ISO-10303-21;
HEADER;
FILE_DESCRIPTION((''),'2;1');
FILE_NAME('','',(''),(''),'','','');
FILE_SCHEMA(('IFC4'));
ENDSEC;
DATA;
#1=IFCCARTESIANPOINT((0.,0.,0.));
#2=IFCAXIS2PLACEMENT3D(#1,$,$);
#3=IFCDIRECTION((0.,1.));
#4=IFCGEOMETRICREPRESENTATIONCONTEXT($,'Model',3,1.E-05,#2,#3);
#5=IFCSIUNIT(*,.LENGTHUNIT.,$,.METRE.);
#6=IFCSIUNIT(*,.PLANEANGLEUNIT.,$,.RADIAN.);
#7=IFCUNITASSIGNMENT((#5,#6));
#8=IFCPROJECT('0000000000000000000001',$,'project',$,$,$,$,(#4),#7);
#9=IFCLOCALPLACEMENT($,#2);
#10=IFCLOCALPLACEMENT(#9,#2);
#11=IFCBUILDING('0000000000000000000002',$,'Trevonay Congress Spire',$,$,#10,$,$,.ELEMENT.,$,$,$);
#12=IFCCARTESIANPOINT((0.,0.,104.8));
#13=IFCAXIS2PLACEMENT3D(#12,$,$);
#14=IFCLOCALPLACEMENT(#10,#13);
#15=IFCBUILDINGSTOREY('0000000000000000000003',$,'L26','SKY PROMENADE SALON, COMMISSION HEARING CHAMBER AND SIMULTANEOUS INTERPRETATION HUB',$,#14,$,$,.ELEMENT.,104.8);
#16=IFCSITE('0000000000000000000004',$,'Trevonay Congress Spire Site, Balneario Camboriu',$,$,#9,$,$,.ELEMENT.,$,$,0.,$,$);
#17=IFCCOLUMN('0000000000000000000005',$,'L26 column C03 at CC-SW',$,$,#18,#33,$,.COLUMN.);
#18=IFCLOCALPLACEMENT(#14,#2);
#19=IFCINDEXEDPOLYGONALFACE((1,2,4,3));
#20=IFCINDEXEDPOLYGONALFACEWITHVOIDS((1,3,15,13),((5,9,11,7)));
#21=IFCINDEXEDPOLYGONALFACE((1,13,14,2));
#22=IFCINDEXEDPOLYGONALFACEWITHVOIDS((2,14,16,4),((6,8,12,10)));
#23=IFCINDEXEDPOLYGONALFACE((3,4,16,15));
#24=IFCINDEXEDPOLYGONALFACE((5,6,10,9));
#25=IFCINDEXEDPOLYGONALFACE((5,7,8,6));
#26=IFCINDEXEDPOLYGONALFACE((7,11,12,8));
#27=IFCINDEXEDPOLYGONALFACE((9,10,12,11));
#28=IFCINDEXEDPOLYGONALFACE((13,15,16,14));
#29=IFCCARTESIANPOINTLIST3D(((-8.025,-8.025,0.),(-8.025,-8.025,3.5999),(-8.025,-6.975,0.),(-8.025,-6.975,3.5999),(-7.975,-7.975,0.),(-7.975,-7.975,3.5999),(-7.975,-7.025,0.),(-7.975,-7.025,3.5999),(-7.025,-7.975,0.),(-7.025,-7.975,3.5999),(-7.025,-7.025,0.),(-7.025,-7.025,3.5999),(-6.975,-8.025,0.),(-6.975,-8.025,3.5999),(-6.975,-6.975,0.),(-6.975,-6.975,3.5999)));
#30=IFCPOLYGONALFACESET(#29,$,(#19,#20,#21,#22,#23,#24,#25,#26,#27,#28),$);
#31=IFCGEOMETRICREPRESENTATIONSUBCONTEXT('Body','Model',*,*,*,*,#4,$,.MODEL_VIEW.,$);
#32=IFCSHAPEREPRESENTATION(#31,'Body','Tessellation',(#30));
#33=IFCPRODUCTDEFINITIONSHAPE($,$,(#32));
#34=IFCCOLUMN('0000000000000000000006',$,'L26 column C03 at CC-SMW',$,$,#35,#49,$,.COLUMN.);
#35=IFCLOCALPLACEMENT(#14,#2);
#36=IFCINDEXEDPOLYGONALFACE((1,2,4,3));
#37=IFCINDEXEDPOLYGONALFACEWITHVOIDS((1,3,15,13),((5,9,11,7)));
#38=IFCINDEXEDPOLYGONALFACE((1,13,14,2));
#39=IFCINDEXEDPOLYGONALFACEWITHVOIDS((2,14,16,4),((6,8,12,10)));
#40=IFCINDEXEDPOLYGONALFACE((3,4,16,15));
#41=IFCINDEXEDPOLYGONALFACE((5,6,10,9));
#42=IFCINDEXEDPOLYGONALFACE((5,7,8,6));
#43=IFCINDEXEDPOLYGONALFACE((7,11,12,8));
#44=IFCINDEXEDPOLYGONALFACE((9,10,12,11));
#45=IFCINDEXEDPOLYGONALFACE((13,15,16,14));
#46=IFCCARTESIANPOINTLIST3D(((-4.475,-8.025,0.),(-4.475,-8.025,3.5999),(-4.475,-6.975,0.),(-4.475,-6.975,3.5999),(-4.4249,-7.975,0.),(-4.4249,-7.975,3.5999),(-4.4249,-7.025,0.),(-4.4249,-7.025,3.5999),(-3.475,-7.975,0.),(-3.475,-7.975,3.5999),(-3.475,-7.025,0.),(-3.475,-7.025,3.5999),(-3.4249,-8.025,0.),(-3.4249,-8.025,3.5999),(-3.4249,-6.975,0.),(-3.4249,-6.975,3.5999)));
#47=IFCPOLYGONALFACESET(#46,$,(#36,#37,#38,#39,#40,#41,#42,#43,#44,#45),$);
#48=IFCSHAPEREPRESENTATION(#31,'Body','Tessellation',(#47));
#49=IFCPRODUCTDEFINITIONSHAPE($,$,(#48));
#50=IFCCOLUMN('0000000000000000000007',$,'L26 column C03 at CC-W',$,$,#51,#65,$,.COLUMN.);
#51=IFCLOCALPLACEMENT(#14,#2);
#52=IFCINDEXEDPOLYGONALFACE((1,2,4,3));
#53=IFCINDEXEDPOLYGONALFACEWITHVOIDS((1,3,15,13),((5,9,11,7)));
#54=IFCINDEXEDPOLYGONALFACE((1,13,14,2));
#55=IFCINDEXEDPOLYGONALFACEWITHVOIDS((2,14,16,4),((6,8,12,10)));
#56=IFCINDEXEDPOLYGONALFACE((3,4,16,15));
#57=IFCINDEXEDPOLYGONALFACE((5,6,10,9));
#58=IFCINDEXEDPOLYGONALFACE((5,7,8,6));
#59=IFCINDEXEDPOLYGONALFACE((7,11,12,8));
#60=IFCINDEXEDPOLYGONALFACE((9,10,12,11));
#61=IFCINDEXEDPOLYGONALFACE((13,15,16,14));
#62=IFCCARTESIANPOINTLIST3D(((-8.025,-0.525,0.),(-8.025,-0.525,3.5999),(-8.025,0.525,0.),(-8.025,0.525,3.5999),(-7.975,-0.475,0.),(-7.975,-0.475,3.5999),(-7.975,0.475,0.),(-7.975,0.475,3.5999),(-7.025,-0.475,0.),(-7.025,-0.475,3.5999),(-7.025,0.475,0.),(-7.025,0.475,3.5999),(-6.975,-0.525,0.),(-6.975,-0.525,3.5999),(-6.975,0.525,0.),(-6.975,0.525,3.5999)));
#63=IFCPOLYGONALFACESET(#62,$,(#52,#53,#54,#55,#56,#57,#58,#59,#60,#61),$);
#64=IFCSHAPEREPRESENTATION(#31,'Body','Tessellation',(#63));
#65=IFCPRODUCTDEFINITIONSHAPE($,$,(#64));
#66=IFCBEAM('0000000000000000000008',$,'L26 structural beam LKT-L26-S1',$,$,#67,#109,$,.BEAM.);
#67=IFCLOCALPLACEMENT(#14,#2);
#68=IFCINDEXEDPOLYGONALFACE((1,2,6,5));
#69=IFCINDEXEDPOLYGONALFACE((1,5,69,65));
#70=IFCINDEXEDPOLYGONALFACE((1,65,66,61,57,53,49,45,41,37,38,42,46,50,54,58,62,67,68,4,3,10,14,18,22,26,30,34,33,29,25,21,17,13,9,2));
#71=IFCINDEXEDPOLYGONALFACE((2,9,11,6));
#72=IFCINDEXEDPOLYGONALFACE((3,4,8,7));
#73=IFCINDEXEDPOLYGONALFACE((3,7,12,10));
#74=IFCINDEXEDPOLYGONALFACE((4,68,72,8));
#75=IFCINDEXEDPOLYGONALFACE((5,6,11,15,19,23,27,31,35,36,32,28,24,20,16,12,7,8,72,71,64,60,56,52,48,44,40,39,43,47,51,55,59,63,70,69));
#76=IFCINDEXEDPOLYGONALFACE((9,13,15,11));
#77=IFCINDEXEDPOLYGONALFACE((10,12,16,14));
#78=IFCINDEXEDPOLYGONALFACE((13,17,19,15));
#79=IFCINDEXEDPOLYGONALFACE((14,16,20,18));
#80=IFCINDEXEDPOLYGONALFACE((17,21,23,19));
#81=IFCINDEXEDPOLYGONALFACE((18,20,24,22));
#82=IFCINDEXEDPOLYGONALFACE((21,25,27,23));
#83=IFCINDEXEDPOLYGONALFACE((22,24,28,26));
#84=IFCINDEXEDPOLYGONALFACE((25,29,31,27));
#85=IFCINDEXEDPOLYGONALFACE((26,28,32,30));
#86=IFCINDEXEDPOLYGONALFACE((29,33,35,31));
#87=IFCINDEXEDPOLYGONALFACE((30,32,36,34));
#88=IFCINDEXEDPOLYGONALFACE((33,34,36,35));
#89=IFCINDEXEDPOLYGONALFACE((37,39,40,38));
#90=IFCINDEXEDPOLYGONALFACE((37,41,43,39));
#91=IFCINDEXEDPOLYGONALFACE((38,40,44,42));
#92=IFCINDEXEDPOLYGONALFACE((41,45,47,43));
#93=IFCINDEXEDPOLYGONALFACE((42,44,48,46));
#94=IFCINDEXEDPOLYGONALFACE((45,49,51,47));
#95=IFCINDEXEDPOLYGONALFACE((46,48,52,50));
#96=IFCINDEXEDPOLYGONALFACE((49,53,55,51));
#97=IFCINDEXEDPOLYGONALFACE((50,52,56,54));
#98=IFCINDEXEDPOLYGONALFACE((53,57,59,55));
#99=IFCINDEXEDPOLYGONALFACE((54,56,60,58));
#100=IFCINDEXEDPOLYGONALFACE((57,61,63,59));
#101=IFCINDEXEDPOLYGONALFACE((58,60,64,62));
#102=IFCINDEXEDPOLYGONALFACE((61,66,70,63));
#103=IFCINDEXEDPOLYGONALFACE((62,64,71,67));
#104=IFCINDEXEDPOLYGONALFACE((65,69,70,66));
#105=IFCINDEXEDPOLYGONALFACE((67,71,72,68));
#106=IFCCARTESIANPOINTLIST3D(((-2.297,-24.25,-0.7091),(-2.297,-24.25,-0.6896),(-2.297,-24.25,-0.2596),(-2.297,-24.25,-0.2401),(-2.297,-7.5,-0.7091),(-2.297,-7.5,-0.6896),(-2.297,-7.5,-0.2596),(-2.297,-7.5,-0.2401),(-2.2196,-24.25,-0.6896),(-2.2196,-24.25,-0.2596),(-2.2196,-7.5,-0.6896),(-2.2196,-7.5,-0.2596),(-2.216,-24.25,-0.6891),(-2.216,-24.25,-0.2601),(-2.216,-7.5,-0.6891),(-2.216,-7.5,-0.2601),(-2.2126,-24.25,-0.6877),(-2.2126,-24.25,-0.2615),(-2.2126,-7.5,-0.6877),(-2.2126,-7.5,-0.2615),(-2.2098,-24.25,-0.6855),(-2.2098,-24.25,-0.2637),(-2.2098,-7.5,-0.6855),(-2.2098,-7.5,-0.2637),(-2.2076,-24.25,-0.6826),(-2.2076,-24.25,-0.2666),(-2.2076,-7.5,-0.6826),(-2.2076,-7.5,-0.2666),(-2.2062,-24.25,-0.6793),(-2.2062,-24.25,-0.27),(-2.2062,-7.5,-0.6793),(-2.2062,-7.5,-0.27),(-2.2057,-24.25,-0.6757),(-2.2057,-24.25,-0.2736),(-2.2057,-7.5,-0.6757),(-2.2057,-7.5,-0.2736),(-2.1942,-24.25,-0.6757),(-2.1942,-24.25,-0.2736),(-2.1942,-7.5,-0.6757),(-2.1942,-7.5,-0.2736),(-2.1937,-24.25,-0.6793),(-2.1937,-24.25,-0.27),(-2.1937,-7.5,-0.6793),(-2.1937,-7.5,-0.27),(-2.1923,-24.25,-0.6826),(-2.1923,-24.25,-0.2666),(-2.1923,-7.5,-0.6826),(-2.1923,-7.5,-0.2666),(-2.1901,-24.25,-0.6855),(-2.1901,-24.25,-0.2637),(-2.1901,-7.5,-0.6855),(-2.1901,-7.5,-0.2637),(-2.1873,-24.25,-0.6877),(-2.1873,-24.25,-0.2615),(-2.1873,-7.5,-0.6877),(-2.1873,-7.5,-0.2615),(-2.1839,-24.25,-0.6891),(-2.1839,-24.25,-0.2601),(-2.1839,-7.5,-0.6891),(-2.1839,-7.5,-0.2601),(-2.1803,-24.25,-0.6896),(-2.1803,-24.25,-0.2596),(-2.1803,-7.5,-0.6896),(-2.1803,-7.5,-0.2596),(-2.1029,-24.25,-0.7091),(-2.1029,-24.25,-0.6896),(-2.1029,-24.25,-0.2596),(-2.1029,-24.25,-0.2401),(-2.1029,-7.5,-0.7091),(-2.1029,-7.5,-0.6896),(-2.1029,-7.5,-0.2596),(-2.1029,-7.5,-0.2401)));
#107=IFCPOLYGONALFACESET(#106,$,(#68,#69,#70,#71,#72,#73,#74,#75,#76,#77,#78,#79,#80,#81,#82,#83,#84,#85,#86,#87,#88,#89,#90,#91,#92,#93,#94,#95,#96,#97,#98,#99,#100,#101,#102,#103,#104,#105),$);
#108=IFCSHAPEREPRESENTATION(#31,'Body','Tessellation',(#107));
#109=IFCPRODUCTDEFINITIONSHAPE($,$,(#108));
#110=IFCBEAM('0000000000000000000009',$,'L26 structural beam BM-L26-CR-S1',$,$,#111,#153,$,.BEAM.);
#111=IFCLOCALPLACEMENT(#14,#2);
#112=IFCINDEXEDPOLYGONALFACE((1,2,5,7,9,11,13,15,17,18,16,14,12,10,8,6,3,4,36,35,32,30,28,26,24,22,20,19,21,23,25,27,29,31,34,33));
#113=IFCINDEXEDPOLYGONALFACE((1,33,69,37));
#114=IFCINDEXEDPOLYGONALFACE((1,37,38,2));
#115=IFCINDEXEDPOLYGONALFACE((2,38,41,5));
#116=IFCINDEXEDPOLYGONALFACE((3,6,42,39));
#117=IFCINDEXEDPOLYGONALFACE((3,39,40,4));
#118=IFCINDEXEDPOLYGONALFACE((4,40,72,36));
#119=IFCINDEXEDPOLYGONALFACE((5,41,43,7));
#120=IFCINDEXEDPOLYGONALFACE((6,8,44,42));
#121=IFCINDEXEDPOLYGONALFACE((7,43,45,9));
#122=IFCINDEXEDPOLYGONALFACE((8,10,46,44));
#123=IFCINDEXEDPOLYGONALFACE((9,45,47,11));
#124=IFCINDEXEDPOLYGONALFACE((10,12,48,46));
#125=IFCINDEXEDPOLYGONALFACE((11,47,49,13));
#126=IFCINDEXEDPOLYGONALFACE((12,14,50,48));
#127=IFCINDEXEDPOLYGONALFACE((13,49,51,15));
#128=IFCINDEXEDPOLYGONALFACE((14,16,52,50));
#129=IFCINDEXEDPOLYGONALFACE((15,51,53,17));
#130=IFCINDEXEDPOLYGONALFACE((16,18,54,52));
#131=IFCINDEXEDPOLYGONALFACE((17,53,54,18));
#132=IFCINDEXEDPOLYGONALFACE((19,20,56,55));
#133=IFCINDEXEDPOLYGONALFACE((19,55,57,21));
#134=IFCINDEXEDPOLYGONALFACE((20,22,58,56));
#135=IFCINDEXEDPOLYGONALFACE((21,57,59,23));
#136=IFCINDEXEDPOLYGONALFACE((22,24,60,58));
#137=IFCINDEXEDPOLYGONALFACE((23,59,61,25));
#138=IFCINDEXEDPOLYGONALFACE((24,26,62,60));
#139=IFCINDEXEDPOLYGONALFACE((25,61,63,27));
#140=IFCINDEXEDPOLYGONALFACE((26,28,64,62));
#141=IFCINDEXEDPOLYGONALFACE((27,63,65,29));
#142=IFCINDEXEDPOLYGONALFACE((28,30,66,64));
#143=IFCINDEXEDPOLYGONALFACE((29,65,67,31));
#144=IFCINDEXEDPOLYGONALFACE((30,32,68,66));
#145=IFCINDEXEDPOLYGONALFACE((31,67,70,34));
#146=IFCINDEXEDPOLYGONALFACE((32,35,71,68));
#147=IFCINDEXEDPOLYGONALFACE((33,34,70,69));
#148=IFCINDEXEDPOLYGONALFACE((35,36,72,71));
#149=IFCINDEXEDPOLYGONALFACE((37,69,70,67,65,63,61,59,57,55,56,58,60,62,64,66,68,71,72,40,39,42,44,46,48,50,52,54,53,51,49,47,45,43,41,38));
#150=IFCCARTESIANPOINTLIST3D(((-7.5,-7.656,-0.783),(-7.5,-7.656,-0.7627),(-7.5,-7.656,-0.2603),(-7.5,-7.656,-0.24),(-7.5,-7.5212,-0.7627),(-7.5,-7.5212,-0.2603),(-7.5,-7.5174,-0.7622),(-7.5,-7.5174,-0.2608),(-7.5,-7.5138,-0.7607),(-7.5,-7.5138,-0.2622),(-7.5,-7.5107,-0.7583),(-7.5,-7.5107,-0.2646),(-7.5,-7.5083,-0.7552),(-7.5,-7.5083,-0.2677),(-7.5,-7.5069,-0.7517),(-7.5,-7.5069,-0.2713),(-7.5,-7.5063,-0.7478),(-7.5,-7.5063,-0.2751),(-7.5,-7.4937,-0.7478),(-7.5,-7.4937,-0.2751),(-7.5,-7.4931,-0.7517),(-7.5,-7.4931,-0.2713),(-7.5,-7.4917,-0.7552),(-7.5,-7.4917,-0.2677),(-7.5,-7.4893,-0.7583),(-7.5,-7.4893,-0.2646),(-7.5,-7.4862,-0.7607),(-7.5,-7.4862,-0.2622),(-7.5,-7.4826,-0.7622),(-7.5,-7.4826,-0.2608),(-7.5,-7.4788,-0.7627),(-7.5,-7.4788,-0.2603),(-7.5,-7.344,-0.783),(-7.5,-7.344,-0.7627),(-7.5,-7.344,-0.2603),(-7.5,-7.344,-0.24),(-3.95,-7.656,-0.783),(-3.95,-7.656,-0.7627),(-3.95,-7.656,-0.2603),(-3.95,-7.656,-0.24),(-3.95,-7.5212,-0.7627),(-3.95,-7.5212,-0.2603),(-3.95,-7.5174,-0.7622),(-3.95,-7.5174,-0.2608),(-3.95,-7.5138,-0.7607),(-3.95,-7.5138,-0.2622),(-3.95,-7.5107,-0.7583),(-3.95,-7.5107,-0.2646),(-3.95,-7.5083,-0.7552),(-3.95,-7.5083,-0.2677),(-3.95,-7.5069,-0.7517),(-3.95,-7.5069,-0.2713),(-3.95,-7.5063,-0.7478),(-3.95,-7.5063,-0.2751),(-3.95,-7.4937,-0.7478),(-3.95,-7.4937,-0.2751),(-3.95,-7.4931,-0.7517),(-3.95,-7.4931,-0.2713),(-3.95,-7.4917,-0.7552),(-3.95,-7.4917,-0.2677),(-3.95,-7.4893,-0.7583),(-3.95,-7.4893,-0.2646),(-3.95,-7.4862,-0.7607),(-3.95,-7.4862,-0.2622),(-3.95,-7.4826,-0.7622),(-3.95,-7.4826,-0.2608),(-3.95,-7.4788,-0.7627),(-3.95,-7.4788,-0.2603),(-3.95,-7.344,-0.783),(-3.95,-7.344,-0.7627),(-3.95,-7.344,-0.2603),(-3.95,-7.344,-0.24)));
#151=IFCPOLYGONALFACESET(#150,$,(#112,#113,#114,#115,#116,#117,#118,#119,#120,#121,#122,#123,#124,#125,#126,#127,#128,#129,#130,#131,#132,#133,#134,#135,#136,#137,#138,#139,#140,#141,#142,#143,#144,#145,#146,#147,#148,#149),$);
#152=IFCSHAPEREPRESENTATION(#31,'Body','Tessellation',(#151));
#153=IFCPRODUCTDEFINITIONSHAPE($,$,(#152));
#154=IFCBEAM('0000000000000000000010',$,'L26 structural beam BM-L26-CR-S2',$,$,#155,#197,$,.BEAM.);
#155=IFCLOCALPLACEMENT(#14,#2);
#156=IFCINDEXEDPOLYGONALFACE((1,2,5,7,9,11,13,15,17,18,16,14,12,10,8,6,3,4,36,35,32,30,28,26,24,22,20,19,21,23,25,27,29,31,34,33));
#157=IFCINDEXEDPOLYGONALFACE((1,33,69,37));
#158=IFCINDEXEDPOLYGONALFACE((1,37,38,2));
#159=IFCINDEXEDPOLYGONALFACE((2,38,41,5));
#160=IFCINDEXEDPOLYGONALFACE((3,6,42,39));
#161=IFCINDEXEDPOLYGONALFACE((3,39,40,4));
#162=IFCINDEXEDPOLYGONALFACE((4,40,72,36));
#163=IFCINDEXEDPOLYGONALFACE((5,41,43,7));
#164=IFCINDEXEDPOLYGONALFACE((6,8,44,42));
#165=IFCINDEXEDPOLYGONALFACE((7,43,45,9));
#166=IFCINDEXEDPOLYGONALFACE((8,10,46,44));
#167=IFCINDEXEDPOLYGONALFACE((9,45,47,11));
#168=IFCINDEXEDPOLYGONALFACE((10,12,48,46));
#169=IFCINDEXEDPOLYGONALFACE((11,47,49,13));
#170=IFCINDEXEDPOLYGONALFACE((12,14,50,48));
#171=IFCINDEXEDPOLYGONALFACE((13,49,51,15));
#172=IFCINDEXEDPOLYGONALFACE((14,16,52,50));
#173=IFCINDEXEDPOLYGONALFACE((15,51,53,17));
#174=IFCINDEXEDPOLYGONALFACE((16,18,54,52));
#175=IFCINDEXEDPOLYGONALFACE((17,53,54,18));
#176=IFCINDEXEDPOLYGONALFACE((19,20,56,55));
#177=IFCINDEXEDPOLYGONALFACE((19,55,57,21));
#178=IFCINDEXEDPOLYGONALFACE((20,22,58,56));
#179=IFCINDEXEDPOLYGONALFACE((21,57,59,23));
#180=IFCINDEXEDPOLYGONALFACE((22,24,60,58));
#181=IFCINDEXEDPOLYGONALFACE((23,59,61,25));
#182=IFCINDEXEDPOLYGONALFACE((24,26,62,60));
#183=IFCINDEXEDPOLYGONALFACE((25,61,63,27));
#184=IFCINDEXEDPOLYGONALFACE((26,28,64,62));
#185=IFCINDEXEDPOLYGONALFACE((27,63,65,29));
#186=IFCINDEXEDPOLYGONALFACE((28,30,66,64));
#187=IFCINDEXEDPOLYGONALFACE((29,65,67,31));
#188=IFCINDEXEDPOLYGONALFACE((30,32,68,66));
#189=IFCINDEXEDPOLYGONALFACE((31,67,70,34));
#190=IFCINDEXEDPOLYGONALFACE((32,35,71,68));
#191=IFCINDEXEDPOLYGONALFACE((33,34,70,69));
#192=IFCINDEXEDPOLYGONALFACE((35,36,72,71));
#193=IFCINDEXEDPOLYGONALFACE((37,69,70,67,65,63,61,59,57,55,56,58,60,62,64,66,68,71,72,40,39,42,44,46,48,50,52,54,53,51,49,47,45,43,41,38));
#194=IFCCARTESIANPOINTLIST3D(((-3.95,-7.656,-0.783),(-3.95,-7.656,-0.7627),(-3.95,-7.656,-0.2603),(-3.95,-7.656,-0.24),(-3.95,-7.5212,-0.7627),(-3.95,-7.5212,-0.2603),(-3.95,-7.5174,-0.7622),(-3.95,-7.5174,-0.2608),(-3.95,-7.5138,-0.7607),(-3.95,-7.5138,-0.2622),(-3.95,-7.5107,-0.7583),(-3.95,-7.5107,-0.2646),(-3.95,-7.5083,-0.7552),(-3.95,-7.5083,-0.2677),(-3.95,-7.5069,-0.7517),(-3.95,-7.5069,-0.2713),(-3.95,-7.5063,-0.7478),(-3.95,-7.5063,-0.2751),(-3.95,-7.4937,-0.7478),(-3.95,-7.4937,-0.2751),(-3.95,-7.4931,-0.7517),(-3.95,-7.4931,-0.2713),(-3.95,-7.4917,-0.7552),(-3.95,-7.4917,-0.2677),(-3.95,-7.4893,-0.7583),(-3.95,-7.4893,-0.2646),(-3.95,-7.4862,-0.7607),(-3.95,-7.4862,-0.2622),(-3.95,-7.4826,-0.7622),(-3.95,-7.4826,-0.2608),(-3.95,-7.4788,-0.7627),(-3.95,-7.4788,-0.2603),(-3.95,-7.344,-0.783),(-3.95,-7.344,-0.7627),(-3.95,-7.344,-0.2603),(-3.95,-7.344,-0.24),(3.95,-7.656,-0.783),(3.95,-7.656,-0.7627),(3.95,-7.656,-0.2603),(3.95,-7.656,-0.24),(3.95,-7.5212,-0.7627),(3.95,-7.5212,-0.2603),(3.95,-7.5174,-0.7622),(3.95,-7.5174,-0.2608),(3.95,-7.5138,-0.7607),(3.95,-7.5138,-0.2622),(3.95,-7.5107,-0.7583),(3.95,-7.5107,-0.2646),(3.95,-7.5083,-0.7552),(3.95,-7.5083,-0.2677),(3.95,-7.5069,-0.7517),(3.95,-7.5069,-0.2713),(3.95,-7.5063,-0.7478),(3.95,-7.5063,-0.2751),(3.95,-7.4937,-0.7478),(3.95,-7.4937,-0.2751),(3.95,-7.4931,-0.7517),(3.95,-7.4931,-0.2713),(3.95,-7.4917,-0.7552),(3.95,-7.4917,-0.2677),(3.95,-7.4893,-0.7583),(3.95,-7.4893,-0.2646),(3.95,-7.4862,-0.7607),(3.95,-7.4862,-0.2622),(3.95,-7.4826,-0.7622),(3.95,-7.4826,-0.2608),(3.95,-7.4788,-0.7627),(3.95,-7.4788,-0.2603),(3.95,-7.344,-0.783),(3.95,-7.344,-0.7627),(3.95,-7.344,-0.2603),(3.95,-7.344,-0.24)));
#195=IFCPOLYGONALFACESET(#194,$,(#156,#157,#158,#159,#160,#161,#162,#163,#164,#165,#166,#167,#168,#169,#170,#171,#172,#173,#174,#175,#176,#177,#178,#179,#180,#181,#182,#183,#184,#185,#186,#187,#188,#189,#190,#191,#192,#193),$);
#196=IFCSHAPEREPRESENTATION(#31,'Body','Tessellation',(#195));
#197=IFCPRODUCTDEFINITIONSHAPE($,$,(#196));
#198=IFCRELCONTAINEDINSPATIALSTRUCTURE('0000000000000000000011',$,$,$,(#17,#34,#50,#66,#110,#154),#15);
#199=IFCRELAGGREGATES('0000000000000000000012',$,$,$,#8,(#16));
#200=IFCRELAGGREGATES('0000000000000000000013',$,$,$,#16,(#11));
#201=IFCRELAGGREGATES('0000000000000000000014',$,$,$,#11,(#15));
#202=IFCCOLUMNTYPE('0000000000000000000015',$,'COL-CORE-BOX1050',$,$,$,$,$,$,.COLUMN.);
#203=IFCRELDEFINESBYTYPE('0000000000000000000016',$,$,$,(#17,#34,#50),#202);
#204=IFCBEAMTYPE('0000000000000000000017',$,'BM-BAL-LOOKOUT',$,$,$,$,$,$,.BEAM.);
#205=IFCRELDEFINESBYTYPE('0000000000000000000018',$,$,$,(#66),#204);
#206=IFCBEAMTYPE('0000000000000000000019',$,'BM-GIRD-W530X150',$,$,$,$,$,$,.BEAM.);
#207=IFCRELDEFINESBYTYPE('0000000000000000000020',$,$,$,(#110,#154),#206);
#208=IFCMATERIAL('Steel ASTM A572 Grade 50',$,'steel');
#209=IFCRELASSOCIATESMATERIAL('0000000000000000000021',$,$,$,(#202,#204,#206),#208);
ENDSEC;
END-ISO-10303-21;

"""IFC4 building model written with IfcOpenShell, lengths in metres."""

from ifc_helpers import new_model, si_unit, direction, frame, origin, origin_2d, place, context, subcontext, project, spatial, hollow_rectangle, i_section, extrude, material, material_profile, profile_set, type_object, element, save


model = new_model("IFC4")

# Units and contexts
model_context = context("Model", 3, precision=1e-05, world=origin(), true_north=direction((0.0, 1.0)))
body_context = subcontext(model_context, "Body", "Model", "MODEL_VIEW")
ifc_project = project(units=[si_unit("LENGTHUNIT", "METRE"), si_unit("PLANEANGLEUNIT", "RADIAN")], contexts=[model_context])

# Site, building, storey
site_placement = place(None, origin())
site = spatial("IfcSite", under=ifc_project, at=site_placement, Name="Trevonay Congress Spire Site, Balneario Camboriu", CompositionType="ELEMENT", RefElevation=0.0)
building_placement = place(site_placement, origin())
building = spatial("IfcBuilding", under=site, at=building_placement, Name="Trevonay Congress Spire", CompositionType="ELEMENT")
storey_placement = place(building_placement, frame((0.0, 0.0, 104.8)))
storey = spatial("IfcBuildingStorey", under=building, at=storey_placement, Name="L26", Description="SKY PROMENADE SALON, COMMISSION HEARING CHAMBER AND SIMULTANEOUS INTERPRETATION HUB", CompositionType="ELEMENT", Elevation=104.8)

# Columns
ifc_material_1 = material(Name="Steel ASTM A572 Grade 50", Category="steel")
ifc_material_profile_1 = material_profile(ifc_material_1, hollow_rectangle(XDim=1.05, YDim=1.05, WallThickness=0.05, at=origin_2d()), Name="BOX 1050x1050x50")
ifc_profile_set_1 = profile_set([ifc_material_profile_1], Name="Steel ASTM A572 Grade 50")
column_type = type_object("IfcColumnType", Name="COL-CORE-BOX1050", PredefinedType="COLUMN", material=ifc_profile_set_1)
for number, where, z_axis, x_axis, name in (
    (1, (-7.5, -7.5, 0.0), (0.0, 0.0, 1.0), (1.0, 0.0, 0.0), "L26 column C03 at CC-SW"),
    (2, (-3.95, -7.5, 0.0), (0.0, 0.0, 1.0), (1.0, 0.0, 0.0), "L26 column C03 at CC-SMW"),
    (3, (-7.5, 0.0, 0.0), (0.0, 0.0, 1.0), (1.0, 0.0, 0.0), "L26 column C03 at CC-W"),
):
    element("IfcColumn", number, at=place(storey_placement, frame(where, z_axis=z_axis, x_axis=x_axis)), inside=storey, type_object=column_type, Name=name, PredefinedType="COLUMN", context=body_context, shape_type="SweptSolid", body=[
        extrude(hollow_rectangle(XDim=1.05, YDim=1.05, WallThickness=0.05, at=origin_2d()), origin(), (0.0, 0.0, 1.0), 3.5999),
    ])

# Beams
ifc_material_profile_2 = material_profile(ifc_material_1, i_section(OverallWidth=0.1941, OverallDepth=0.469, WebThickness=0.0115, FlangeThickness=0.0195, FilletRadius=0.0139, at=origin_2d()), Name="W460x106")
ifc_profile_set_2 = profile_set([ifc_material_profile_2], Name="Steel ASTM A572 Grade 50")
beam_type_1 = type_object("IfcBeamType", Name="BM-BAL-LOOKOUT", PredefinedType="BEAM", material=ifc_profile_set_2)
beam_1_placement = place(storey_placement, frame((-2.2, -7.5, -0.4746), z_axis=(0.0, -1.0, 0.0), x_axis=(1.0, 0.0, 0.0)))
element("IfcBeam", 4, at=beam_1_placement, inside=storey, type_object=beam_type_1, Name="L26 structural beam LKT-L26-S1", PredefinedType="BEAM", context=body_context, shape_type="SweptSolid", body=[
    extrude(i_section(OverallWidth=0.1941, OverallDepth=0.469, WebThickness=0.0115, FlangeThickness=0.0195, FilletRadius=0.0139, at=origin_2d()), origin(), (0.0, 0.0, 1.0), 16.75),
])
ifc_material_profile_3 = material_profile(ifc_material_1, i_section(OverallWidth=0.312, OverallDepth=0.543, WebThickness=0.0127, FlangeThickness=0.0203, FilletRadius=0.0149, at=origin_2d()), Name="W530x150")
ifc_profile_set_3 = profile_set([ifc_material_profile_3], Name="Steel ASTM A572 Grade 50")
beam_type_2 = type_object("IfcBeamType", Name="BM-GIRD-W530X150", PredefinedType="BEAM", material=ifc_profile_set_3)
beam_2_placement = place(storey_placement, frame((-7.5, -7.5, -0.5115), z_axis=(1.0, 0.0, 0.0), x_axis=(0.0, 1.0, 0.0)))
element("IfcBeam", 5, at=beam_2_placement, inside=storey, type_object=beam_type_2, Name="L26 structural beam BM-L26-CR-S1", PredefinedType="BEAM", context=body_context, shape_type="SweptSolid", body=[
    extrude(i_section(OverallWidth=0.312, OverallDepth=0.543, WebThickness=0.0127, FlangeThickness=0.0203, FilletRadius=0.0149, at=origin_2d()), origin(), (0.0, 0.0, 1.0), 3.55),
])
beam_3_placement = place(storey_placement, frame((-3.95, -7.5, -0.5115), z_axis=(1.0, 0.0, 0.0), x_axis=(0.0, 1.0, 0.0)))
element("IfcBeam", 6, at=beam_3_placement, inside=storey, type_object=beam_type_2, Name="L26 structural beam BM-L26-CR-S2", PredefinedType="BEAM", context=body_context, shape_type="SweptSolid", body=[
    extrude(i_section(OverallWidth=0.312, OverallDepth=0.543, WebThickness=0.0127, FlangeThickness=0.0203, FilletRadius=0.0149, at=origin_2d()), origin(), (0.0, 0.0, 1.0), 7.8999),
])

save(model, "model.ifc")
